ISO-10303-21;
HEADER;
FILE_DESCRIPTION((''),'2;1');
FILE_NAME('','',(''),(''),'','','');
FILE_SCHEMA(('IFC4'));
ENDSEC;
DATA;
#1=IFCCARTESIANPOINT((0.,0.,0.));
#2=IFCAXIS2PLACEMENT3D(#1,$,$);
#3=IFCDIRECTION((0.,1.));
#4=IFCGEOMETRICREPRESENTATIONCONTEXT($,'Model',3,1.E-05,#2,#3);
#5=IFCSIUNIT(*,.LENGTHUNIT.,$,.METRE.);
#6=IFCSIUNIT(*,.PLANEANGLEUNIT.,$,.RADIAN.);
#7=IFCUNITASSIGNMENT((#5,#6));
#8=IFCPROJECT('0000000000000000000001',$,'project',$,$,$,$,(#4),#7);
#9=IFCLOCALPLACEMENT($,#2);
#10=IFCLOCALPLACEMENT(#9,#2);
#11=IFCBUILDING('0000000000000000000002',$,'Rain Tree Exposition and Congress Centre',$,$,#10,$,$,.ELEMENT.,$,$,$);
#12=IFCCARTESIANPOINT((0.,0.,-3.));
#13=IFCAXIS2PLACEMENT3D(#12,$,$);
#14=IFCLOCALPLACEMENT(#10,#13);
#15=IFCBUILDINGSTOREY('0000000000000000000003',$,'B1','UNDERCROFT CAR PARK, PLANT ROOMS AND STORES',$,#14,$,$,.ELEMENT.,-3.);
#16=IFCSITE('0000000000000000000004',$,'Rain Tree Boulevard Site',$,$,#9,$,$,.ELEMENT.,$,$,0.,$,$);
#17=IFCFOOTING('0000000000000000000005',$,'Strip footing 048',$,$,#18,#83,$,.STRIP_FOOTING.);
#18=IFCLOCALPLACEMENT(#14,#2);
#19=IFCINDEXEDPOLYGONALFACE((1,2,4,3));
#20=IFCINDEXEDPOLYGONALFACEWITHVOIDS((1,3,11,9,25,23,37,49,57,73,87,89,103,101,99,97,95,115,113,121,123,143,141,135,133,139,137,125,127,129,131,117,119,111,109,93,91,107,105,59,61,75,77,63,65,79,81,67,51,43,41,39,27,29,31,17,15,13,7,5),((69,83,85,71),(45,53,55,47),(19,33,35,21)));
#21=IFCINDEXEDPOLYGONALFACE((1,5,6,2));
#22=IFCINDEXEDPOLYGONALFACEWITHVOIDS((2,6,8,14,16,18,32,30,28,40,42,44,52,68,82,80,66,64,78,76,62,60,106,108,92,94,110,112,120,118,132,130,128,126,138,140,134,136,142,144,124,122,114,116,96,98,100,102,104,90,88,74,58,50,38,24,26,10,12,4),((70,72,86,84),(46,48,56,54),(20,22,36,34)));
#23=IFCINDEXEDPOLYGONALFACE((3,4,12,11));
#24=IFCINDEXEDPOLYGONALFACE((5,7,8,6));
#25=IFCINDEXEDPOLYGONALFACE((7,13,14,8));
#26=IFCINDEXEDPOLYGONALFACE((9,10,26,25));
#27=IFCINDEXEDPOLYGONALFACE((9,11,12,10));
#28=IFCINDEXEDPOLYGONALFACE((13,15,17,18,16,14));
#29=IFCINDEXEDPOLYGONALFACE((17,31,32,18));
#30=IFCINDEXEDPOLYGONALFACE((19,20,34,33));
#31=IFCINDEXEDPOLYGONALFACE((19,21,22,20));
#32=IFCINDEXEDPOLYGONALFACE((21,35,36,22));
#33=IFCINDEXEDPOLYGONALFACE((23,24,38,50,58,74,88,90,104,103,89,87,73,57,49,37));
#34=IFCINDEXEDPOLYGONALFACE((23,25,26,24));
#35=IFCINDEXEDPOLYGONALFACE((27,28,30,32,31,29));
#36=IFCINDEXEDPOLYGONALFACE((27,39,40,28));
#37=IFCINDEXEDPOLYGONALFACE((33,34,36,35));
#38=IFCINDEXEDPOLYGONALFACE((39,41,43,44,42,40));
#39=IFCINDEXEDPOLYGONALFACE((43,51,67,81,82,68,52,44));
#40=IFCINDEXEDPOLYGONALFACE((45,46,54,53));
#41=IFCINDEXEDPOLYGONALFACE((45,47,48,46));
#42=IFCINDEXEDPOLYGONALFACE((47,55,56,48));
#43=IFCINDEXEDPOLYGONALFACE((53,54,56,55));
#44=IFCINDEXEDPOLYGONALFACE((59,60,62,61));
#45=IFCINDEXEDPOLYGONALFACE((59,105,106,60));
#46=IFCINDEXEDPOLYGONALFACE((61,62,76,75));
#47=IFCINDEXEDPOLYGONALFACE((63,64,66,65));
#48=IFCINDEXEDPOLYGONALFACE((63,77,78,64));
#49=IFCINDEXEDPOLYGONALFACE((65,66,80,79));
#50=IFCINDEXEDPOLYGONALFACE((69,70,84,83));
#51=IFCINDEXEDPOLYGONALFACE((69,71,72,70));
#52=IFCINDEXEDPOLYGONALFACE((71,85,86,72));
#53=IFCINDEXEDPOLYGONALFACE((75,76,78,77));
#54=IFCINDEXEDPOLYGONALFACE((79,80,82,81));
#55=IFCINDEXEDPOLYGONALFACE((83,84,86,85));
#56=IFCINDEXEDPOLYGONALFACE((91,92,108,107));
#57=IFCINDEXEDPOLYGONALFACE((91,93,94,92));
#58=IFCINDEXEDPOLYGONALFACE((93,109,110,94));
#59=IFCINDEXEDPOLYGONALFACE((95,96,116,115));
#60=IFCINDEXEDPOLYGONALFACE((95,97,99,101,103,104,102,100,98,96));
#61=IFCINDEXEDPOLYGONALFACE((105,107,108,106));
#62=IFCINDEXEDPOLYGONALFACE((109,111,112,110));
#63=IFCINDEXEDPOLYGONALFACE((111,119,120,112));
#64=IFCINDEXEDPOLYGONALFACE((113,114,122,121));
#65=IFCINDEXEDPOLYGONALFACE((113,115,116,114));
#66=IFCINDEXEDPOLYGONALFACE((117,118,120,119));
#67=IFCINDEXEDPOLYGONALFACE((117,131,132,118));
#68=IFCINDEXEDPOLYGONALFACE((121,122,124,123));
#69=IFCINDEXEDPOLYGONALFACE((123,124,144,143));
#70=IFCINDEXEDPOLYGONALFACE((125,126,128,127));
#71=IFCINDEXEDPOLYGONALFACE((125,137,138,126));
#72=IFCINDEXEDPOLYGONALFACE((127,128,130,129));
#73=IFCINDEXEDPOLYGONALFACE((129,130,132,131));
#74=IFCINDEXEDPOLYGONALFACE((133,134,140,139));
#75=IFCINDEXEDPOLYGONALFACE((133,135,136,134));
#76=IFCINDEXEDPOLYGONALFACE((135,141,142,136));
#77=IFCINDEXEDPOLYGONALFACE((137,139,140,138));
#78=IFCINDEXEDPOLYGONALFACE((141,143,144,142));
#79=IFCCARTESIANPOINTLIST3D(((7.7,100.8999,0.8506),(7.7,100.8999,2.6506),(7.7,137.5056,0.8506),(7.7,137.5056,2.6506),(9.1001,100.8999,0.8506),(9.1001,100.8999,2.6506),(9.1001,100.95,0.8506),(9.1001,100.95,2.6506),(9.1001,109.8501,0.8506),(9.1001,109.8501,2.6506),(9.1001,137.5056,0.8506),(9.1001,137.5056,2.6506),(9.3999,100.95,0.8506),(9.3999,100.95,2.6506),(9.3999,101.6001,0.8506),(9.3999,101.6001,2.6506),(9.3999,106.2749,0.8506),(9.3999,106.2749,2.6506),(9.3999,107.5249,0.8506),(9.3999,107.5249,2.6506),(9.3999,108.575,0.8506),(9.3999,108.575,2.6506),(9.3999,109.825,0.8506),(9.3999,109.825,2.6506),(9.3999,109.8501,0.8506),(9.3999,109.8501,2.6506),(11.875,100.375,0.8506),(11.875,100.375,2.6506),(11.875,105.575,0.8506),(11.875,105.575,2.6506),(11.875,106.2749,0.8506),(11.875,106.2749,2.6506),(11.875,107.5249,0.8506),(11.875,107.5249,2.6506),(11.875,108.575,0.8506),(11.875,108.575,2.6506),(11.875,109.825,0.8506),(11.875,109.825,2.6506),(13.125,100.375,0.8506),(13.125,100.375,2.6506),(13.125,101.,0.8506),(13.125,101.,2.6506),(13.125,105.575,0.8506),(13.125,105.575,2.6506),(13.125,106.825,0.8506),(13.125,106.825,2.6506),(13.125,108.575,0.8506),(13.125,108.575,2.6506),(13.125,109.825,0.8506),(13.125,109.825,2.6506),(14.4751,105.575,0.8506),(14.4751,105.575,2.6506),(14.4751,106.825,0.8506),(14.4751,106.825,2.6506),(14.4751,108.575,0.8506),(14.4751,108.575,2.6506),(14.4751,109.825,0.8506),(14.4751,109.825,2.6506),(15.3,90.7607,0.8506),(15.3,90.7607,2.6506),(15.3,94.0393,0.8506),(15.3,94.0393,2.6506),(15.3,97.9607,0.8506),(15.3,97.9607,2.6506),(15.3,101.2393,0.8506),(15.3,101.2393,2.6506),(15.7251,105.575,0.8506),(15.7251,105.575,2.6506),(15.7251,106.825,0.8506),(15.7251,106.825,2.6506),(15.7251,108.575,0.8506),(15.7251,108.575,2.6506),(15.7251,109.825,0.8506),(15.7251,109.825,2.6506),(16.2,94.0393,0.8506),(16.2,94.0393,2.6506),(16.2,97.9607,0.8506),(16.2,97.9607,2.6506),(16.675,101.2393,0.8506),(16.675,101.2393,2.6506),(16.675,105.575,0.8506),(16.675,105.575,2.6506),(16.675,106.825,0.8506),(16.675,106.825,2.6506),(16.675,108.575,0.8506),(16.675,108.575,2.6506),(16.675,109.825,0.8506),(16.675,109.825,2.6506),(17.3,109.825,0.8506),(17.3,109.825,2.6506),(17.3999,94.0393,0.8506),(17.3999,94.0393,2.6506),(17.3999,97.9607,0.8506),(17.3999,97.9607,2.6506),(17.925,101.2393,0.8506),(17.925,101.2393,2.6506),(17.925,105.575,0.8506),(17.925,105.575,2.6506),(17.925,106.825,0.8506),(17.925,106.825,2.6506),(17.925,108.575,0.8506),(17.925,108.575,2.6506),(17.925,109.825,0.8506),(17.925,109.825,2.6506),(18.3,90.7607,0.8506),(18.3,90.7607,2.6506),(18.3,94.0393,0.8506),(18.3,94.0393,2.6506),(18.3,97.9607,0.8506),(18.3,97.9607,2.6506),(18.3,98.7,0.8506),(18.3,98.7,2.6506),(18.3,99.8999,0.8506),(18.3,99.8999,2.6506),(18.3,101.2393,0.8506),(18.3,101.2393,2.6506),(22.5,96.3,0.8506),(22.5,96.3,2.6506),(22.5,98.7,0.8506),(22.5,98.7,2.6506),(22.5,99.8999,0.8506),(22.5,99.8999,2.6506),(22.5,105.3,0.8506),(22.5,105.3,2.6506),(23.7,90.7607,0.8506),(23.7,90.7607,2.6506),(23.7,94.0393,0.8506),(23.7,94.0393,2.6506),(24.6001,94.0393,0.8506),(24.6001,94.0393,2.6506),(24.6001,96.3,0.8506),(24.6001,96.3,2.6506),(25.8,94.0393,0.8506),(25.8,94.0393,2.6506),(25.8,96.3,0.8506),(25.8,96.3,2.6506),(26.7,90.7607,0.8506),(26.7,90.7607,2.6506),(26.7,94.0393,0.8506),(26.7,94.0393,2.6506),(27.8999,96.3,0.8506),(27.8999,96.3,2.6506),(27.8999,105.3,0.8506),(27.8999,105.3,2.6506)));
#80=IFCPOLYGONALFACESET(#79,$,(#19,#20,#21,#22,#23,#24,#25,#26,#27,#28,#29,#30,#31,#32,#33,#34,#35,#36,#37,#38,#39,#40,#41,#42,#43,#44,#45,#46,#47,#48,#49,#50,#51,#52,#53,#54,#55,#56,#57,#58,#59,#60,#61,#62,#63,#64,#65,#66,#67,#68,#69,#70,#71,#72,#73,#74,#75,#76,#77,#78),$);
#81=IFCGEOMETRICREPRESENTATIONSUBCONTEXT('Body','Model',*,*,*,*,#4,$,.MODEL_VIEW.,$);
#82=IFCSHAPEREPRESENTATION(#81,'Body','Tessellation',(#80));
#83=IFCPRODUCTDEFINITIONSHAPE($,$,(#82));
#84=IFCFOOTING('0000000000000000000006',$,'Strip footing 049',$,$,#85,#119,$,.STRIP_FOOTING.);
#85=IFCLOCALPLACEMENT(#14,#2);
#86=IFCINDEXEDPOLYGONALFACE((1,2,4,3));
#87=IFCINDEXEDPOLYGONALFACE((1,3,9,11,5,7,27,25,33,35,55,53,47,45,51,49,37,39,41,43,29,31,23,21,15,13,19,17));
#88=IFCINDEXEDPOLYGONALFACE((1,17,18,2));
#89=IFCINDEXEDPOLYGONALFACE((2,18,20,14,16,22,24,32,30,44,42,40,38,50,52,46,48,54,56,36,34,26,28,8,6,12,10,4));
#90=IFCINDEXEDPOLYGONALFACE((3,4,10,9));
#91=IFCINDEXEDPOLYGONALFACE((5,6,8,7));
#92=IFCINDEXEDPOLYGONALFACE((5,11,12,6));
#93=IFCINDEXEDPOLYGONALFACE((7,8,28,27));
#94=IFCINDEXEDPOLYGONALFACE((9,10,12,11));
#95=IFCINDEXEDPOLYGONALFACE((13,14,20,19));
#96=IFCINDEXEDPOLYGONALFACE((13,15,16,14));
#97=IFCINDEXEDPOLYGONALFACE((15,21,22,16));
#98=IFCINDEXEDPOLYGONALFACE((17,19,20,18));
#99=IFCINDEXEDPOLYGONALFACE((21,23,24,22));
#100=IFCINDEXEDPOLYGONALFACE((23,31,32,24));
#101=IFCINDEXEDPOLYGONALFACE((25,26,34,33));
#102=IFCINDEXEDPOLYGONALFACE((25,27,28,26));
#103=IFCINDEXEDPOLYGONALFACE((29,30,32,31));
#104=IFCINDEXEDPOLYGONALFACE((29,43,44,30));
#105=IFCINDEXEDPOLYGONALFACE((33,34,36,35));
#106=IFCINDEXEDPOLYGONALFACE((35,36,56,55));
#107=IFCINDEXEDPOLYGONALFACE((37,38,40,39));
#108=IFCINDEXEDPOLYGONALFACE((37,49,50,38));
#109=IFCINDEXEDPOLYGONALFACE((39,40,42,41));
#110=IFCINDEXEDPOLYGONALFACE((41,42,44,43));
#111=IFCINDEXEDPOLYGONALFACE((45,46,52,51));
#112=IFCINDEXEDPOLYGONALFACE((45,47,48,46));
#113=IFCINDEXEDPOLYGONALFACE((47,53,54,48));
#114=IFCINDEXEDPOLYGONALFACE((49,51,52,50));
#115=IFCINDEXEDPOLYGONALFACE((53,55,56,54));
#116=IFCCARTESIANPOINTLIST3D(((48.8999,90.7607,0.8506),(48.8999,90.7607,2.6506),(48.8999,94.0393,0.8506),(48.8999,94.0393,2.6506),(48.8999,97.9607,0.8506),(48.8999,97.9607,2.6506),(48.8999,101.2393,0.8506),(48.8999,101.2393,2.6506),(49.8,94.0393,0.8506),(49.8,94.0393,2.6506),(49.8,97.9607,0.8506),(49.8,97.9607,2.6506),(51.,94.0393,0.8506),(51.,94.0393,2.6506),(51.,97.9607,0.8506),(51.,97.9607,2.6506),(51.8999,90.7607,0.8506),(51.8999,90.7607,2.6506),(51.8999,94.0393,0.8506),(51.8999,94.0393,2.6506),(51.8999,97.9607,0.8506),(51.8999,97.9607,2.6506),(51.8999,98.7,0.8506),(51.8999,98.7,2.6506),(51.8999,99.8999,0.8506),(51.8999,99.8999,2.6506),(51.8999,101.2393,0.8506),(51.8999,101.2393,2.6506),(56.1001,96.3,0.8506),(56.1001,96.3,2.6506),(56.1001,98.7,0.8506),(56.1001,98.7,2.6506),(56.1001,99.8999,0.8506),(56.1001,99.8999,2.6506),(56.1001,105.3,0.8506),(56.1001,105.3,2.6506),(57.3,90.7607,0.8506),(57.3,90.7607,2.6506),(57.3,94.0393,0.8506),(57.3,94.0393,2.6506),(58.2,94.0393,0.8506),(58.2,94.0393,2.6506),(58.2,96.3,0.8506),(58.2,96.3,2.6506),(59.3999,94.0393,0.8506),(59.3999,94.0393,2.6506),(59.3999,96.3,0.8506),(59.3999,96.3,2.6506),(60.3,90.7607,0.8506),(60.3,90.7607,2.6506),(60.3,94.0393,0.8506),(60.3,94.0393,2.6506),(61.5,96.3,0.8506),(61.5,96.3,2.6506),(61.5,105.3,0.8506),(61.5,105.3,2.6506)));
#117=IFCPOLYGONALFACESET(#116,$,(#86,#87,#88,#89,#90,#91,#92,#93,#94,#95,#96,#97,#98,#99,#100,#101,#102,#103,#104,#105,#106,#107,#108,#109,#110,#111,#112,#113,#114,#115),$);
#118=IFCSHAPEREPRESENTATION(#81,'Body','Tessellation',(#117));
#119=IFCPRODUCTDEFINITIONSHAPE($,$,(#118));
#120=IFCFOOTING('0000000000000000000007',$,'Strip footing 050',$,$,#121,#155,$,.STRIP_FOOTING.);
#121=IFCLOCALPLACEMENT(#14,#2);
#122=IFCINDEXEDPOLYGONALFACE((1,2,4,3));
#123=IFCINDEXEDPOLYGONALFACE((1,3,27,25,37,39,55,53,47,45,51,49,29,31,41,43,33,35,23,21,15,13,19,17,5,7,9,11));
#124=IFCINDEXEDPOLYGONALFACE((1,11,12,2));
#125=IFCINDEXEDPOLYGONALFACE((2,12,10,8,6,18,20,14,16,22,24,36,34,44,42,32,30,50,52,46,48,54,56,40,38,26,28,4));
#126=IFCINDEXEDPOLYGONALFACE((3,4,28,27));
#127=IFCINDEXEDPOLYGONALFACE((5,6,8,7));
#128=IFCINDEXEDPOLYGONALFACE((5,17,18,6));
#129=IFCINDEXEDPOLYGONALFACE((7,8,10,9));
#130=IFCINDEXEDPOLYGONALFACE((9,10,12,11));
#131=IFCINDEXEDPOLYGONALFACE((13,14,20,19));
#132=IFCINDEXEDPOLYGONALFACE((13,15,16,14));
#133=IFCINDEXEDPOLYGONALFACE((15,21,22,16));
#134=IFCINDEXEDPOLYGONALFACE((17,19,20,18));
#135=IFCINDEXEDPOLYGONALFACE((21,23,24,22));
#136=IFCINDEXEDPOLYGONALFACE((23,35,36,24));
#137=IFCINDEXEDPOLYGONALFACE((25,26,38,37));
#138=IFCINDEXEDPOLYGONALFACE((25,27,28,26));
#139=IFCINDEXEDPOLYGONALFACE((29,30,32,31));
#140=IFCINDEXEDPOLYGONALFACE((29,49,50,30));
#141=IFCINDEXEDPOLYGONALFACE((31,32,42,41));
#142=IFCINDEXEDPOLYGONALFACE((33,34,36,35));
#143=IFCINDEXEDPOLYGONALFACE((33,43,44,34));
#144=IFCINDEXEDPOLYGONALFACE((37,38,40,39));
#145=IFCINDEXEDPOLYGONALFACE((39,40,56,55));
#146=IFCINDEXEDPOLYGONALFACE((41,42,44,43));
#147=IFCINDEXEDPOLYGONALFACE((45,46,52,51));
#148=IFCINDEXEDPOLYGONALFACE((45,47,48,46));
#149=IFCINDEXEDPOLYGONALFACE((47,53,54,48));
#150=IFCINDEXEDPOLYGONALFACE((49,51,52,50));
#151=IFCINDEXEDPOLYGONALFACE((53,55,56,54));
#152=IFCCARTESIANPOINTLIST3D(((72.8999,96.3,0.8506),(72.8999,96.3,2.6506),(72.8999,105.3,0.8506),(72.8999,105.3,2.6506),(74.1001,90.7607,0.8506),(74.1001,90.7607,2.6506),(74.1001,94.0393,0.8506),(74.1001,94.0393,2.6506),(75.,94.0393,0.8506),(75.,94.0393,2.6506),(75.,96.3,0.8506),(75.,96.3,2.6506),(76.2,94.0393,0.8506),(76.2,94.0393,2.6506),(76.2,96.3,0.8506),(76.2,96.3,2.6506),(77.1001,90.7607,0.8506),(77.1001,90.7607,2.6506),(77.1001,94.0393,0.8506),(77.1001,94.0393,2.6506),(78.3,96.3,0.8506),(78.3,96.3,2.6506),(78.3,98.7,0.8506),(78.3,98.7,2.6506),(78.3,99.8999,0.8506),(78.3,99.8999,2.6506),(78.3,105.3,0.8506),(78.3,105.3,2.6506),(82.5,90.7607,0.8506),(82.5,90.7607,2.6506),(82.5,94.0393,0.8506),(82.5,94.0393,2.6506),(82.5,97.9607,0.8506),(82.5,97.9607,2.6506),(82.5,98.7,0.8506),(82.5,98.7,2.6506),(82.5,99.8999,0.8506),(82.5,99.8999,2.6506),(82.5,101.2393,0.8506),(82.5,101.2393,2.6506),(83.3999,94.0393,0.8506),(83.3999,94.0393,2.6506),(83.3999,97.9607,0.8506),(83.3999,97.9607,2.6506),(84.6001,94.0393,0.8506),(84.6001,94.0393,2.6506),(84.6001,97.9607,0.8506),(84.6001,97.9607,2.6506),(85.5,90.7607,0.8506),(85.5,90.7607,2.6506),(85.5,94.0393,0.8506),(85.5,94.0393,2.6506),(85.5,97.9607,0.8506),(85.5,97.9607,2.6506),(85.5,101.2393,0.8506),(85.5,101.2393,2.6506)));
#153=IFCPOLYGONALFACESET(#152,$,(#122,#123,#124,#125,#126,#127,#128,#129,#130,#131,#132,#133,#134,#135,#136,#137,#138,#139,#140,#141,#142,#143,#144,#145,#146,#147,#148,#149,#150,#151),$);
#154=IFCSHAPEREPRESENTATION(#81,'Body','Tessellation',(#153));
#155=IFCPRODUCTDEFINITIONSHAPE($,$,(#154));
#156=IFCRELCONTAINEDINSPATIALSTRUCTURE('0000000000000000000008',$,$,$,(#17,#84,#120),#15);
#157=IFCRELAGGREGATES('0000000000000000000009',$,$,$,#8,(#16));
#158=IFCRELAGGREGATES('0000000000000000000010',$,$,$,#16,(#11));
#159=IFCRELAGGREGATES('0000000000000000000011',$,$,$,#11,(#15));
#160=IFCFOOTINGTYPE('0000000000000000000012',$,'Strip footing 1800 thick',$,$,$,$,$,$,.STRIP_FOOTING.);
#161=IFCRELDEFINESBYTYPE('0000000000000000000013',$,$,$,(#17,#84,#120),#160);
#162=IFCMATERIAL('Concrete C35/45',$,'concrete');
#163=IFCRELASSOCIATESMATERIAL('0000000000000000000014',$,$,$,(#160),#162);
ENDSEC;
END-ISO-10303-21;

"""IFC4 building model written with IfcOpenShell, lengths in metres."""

from ifc_helpers import new_model, si_unit, direction, frame, origin, place, context, subcontext, project, spatial, polyline, outline, extrude, material, type_object, element, save


model = new_model("IFC4")

# Units and contexts
model_context = context("Model", 3, precision=1e-05, world=origin(), true_north=direction((0.0, 1.0)))
body_context = subcontext(model_context, "Body", "Model", "MODEL_VIEW")
ifc_project = project(units=[si_unit("LENGTHUNIT", "METRE"), si_unit("PLANEANGLEUNIT", "RADIAN")], contexts=[model_context])

# Site, building, storey
site_placement = place(None, origin())
site = spatial("IfcSite", under=ifc_project, at=site_placement, Name="Rain Tree Boulevard Site", CompositionType="ELEMENT", RefElevation=0.0)
building_placement = place(site_placement, origin())
building = spatial("IfcBuilding", under=site, at=building_placement, Name="Rain Tree Exposition and Congress Centre", CompositionType="ELEMENT")
storey_placement = place(building_placement, frame((0.0, 0.0, -3.0)))
storey = spatial("IfcBuildingStorey", under=building, at=storey_placement, Name="B1", Description="UNDERCROFT CAR PARK, PLANT ROOMS AND STORES", CompositionType="ELEMENT", Elevation=-3.0)

# Footings
ifc_material_1 = material(Name="Concrete C35/45", Category="concrete")
footing_type_1 = type_object("IfcFootingType", Name="Strip footing 1800 thick", PredefinedType="STRIP_FOOTING", material=ifc_material_1)
footing_1_placement = place(storey_placement, frame((0.0, 0.0, 0.8506)))
element("IfcFooting", 1, at=footing_1_placement, inside=storey, type_object=footing_type_1, Name="Strip footing 048", PredefinedType="STRIP_FOOTING", context=body_context, shape_type="SweptSolid", body=[
    extrude(outline(polyline([(17.925, 108.575), (17.925, 109.825), (17.3, 109.825), (16.675, 109.825), (15.7251, 109.825), (14.4751, 109.825), (13.125, 109.825), (11.875, 109.825), (9.3999, 109.825), (9.3999, 109.8501), (9.1001, 109.8501), (9.1001, 137.5056), (7.7, 137.5056), (7.7, 100.8999), (9.1001, 100.8999), (9.1001, 100.95), (9.3999, 100.95), (9.3999, 101.6001), (9.3999, 106.2749), (11.875, 106.2749), (11.875, 105.575), (11.875, 100.375), (13.125, 100.375), (13.125, 101.0), (13.125, 105.575), (14.4751, 105.575), (15.7251, 105.575), (16.675, 105.575), (16.675, 101.2393), (15.3, 101.2393), (15.3, 97.9607), (16.2, 97.9607), (16.2, 94.0393), (15.3, 94.0393), (15.3, 90.7607), (18.3, 90.7607), (18.3, 94.0393), (17.3999, 94.0393), (17.3999, 97.9607), (18.3, 97.9607), (18.3, 98.7), (22.5, 98.7), (22.5, 96.3), (24.6001, 96.3), (24.6001, 94.0393), (23.7, 94.0393), (23.7, 90.7607), (26.7, 90.7607), (26.7, 94.0393), (25.8, 94.0393), (25.8, 96.3), (27.8999, 96.3), (27.8999, 105.3), (22.5, 105.3), (22.5, 99.8999), (18.3, 99.8999), (18.3, 101.2393), (17.925, 101.2393), (17.925, 105.575), (17.925, 106.825), (17.925, 108.575)]), holes=[polyline([(15.7251, 106.825), (16.675, 106.825), (16.675, 108.575), (15.7251, 108.575), (15.7251, 106.825)]), polyline([(13.125, 106.825), (14.4751, 106.825), (14.4751, 108.575), (13.125, 108.575), (13.125, 106.825)]), polyline([(11.875, 107.5249), (11.875, 108.575), (9.3999, 108.575), (9.3999, 107.5249), (11.875, 107.5249)])]), origin(), (0.0, 0.0, 1.0), 1.8),
])
footing_2_placement = place(storey_placement, frame((0.0, 0.0, 0.8506)))
element("IfcFooting", 2, at=footing_2_placement, inside=storey, type_object=footing_type_1, Name="Strip footing 049", PredefinedType="STRIP_FOOTING", context=body_context, shape_type="SweptSolid", body=[
    extrude(outline(polyline([(49.8, 94.0393), (48.8999, 94.0393), (48.8999, 90.7607), (51.8999, 90.7607), (51.8999, 94.0393), (51.0, 94.0393), (51.0, 97.9607), (51.8999, 97.9607), (51.8999, 98.7), (56.1001, 98.7), (56.1001, 96.3), (58.2, 96.3), (58.2, 94.0393), (57.3, 94.0393), (57.3, 90.7607), (60.3, 90.7607), (60.3, 94.0393), (59.3999, 94.0393), (59.3999, 96.3), (61.5, 96.3), (61.5, 105.3), (56.1001, 105.3), (56.1001, 99.8999), (51.8999, 99.8999), (51.8999, 101.2393), (48.8999, 101.2393), (48.8999, 97.9607), (49.8, 97.9607), (49.8, 94.0393)])), origin(), (0.0, 0.0, 1.0), 1.8),
])
footing_3_placement = place(storey_placement, frame((0.0, 0.0, 0.8506)))
element("IfcFooting", 3, at=footing_3_placement, inside=storey, type_object=footing_type_1, Name="Strip footing 050", PredefinedType="STRIP_FOOTING", context=body_context, shape_type="SweptSolid", body=[
    extrude(outline(polyline([(75.0, 94.0393), (74.1001, 94.0393), (74.1001, 90.7607), (77.1001, 90.7607), (77.1001, 94.0393), (76.2, 94.0393), (76.2, 96.3), (78.3, 96.3), (78.3, 98.7), (82.5, 98.7), (82.5, 97.9607), (83.3999, 97.9607), (83.3999, 94.0393), (82.5, 94.0393), (82.5, 90.7607), (85.5, 90.7607), (85.5, 94.0393), (84.6001, 94.0393), (84.6001, 97.9607), (85.5, 97.9607), (85.5, 101.2393), (82.5, 101.2393), (82.5, 99.8999), (78.3, 99.8999), (78.3, 105.3), (72.8999, 105.3), (72.8999, 96.3), (75.0, 96.3), (75.0, 94.0393)])), origin(), (0.0, 0.0, 1.0), 1.8),
])

save(model, "model.ifc")
